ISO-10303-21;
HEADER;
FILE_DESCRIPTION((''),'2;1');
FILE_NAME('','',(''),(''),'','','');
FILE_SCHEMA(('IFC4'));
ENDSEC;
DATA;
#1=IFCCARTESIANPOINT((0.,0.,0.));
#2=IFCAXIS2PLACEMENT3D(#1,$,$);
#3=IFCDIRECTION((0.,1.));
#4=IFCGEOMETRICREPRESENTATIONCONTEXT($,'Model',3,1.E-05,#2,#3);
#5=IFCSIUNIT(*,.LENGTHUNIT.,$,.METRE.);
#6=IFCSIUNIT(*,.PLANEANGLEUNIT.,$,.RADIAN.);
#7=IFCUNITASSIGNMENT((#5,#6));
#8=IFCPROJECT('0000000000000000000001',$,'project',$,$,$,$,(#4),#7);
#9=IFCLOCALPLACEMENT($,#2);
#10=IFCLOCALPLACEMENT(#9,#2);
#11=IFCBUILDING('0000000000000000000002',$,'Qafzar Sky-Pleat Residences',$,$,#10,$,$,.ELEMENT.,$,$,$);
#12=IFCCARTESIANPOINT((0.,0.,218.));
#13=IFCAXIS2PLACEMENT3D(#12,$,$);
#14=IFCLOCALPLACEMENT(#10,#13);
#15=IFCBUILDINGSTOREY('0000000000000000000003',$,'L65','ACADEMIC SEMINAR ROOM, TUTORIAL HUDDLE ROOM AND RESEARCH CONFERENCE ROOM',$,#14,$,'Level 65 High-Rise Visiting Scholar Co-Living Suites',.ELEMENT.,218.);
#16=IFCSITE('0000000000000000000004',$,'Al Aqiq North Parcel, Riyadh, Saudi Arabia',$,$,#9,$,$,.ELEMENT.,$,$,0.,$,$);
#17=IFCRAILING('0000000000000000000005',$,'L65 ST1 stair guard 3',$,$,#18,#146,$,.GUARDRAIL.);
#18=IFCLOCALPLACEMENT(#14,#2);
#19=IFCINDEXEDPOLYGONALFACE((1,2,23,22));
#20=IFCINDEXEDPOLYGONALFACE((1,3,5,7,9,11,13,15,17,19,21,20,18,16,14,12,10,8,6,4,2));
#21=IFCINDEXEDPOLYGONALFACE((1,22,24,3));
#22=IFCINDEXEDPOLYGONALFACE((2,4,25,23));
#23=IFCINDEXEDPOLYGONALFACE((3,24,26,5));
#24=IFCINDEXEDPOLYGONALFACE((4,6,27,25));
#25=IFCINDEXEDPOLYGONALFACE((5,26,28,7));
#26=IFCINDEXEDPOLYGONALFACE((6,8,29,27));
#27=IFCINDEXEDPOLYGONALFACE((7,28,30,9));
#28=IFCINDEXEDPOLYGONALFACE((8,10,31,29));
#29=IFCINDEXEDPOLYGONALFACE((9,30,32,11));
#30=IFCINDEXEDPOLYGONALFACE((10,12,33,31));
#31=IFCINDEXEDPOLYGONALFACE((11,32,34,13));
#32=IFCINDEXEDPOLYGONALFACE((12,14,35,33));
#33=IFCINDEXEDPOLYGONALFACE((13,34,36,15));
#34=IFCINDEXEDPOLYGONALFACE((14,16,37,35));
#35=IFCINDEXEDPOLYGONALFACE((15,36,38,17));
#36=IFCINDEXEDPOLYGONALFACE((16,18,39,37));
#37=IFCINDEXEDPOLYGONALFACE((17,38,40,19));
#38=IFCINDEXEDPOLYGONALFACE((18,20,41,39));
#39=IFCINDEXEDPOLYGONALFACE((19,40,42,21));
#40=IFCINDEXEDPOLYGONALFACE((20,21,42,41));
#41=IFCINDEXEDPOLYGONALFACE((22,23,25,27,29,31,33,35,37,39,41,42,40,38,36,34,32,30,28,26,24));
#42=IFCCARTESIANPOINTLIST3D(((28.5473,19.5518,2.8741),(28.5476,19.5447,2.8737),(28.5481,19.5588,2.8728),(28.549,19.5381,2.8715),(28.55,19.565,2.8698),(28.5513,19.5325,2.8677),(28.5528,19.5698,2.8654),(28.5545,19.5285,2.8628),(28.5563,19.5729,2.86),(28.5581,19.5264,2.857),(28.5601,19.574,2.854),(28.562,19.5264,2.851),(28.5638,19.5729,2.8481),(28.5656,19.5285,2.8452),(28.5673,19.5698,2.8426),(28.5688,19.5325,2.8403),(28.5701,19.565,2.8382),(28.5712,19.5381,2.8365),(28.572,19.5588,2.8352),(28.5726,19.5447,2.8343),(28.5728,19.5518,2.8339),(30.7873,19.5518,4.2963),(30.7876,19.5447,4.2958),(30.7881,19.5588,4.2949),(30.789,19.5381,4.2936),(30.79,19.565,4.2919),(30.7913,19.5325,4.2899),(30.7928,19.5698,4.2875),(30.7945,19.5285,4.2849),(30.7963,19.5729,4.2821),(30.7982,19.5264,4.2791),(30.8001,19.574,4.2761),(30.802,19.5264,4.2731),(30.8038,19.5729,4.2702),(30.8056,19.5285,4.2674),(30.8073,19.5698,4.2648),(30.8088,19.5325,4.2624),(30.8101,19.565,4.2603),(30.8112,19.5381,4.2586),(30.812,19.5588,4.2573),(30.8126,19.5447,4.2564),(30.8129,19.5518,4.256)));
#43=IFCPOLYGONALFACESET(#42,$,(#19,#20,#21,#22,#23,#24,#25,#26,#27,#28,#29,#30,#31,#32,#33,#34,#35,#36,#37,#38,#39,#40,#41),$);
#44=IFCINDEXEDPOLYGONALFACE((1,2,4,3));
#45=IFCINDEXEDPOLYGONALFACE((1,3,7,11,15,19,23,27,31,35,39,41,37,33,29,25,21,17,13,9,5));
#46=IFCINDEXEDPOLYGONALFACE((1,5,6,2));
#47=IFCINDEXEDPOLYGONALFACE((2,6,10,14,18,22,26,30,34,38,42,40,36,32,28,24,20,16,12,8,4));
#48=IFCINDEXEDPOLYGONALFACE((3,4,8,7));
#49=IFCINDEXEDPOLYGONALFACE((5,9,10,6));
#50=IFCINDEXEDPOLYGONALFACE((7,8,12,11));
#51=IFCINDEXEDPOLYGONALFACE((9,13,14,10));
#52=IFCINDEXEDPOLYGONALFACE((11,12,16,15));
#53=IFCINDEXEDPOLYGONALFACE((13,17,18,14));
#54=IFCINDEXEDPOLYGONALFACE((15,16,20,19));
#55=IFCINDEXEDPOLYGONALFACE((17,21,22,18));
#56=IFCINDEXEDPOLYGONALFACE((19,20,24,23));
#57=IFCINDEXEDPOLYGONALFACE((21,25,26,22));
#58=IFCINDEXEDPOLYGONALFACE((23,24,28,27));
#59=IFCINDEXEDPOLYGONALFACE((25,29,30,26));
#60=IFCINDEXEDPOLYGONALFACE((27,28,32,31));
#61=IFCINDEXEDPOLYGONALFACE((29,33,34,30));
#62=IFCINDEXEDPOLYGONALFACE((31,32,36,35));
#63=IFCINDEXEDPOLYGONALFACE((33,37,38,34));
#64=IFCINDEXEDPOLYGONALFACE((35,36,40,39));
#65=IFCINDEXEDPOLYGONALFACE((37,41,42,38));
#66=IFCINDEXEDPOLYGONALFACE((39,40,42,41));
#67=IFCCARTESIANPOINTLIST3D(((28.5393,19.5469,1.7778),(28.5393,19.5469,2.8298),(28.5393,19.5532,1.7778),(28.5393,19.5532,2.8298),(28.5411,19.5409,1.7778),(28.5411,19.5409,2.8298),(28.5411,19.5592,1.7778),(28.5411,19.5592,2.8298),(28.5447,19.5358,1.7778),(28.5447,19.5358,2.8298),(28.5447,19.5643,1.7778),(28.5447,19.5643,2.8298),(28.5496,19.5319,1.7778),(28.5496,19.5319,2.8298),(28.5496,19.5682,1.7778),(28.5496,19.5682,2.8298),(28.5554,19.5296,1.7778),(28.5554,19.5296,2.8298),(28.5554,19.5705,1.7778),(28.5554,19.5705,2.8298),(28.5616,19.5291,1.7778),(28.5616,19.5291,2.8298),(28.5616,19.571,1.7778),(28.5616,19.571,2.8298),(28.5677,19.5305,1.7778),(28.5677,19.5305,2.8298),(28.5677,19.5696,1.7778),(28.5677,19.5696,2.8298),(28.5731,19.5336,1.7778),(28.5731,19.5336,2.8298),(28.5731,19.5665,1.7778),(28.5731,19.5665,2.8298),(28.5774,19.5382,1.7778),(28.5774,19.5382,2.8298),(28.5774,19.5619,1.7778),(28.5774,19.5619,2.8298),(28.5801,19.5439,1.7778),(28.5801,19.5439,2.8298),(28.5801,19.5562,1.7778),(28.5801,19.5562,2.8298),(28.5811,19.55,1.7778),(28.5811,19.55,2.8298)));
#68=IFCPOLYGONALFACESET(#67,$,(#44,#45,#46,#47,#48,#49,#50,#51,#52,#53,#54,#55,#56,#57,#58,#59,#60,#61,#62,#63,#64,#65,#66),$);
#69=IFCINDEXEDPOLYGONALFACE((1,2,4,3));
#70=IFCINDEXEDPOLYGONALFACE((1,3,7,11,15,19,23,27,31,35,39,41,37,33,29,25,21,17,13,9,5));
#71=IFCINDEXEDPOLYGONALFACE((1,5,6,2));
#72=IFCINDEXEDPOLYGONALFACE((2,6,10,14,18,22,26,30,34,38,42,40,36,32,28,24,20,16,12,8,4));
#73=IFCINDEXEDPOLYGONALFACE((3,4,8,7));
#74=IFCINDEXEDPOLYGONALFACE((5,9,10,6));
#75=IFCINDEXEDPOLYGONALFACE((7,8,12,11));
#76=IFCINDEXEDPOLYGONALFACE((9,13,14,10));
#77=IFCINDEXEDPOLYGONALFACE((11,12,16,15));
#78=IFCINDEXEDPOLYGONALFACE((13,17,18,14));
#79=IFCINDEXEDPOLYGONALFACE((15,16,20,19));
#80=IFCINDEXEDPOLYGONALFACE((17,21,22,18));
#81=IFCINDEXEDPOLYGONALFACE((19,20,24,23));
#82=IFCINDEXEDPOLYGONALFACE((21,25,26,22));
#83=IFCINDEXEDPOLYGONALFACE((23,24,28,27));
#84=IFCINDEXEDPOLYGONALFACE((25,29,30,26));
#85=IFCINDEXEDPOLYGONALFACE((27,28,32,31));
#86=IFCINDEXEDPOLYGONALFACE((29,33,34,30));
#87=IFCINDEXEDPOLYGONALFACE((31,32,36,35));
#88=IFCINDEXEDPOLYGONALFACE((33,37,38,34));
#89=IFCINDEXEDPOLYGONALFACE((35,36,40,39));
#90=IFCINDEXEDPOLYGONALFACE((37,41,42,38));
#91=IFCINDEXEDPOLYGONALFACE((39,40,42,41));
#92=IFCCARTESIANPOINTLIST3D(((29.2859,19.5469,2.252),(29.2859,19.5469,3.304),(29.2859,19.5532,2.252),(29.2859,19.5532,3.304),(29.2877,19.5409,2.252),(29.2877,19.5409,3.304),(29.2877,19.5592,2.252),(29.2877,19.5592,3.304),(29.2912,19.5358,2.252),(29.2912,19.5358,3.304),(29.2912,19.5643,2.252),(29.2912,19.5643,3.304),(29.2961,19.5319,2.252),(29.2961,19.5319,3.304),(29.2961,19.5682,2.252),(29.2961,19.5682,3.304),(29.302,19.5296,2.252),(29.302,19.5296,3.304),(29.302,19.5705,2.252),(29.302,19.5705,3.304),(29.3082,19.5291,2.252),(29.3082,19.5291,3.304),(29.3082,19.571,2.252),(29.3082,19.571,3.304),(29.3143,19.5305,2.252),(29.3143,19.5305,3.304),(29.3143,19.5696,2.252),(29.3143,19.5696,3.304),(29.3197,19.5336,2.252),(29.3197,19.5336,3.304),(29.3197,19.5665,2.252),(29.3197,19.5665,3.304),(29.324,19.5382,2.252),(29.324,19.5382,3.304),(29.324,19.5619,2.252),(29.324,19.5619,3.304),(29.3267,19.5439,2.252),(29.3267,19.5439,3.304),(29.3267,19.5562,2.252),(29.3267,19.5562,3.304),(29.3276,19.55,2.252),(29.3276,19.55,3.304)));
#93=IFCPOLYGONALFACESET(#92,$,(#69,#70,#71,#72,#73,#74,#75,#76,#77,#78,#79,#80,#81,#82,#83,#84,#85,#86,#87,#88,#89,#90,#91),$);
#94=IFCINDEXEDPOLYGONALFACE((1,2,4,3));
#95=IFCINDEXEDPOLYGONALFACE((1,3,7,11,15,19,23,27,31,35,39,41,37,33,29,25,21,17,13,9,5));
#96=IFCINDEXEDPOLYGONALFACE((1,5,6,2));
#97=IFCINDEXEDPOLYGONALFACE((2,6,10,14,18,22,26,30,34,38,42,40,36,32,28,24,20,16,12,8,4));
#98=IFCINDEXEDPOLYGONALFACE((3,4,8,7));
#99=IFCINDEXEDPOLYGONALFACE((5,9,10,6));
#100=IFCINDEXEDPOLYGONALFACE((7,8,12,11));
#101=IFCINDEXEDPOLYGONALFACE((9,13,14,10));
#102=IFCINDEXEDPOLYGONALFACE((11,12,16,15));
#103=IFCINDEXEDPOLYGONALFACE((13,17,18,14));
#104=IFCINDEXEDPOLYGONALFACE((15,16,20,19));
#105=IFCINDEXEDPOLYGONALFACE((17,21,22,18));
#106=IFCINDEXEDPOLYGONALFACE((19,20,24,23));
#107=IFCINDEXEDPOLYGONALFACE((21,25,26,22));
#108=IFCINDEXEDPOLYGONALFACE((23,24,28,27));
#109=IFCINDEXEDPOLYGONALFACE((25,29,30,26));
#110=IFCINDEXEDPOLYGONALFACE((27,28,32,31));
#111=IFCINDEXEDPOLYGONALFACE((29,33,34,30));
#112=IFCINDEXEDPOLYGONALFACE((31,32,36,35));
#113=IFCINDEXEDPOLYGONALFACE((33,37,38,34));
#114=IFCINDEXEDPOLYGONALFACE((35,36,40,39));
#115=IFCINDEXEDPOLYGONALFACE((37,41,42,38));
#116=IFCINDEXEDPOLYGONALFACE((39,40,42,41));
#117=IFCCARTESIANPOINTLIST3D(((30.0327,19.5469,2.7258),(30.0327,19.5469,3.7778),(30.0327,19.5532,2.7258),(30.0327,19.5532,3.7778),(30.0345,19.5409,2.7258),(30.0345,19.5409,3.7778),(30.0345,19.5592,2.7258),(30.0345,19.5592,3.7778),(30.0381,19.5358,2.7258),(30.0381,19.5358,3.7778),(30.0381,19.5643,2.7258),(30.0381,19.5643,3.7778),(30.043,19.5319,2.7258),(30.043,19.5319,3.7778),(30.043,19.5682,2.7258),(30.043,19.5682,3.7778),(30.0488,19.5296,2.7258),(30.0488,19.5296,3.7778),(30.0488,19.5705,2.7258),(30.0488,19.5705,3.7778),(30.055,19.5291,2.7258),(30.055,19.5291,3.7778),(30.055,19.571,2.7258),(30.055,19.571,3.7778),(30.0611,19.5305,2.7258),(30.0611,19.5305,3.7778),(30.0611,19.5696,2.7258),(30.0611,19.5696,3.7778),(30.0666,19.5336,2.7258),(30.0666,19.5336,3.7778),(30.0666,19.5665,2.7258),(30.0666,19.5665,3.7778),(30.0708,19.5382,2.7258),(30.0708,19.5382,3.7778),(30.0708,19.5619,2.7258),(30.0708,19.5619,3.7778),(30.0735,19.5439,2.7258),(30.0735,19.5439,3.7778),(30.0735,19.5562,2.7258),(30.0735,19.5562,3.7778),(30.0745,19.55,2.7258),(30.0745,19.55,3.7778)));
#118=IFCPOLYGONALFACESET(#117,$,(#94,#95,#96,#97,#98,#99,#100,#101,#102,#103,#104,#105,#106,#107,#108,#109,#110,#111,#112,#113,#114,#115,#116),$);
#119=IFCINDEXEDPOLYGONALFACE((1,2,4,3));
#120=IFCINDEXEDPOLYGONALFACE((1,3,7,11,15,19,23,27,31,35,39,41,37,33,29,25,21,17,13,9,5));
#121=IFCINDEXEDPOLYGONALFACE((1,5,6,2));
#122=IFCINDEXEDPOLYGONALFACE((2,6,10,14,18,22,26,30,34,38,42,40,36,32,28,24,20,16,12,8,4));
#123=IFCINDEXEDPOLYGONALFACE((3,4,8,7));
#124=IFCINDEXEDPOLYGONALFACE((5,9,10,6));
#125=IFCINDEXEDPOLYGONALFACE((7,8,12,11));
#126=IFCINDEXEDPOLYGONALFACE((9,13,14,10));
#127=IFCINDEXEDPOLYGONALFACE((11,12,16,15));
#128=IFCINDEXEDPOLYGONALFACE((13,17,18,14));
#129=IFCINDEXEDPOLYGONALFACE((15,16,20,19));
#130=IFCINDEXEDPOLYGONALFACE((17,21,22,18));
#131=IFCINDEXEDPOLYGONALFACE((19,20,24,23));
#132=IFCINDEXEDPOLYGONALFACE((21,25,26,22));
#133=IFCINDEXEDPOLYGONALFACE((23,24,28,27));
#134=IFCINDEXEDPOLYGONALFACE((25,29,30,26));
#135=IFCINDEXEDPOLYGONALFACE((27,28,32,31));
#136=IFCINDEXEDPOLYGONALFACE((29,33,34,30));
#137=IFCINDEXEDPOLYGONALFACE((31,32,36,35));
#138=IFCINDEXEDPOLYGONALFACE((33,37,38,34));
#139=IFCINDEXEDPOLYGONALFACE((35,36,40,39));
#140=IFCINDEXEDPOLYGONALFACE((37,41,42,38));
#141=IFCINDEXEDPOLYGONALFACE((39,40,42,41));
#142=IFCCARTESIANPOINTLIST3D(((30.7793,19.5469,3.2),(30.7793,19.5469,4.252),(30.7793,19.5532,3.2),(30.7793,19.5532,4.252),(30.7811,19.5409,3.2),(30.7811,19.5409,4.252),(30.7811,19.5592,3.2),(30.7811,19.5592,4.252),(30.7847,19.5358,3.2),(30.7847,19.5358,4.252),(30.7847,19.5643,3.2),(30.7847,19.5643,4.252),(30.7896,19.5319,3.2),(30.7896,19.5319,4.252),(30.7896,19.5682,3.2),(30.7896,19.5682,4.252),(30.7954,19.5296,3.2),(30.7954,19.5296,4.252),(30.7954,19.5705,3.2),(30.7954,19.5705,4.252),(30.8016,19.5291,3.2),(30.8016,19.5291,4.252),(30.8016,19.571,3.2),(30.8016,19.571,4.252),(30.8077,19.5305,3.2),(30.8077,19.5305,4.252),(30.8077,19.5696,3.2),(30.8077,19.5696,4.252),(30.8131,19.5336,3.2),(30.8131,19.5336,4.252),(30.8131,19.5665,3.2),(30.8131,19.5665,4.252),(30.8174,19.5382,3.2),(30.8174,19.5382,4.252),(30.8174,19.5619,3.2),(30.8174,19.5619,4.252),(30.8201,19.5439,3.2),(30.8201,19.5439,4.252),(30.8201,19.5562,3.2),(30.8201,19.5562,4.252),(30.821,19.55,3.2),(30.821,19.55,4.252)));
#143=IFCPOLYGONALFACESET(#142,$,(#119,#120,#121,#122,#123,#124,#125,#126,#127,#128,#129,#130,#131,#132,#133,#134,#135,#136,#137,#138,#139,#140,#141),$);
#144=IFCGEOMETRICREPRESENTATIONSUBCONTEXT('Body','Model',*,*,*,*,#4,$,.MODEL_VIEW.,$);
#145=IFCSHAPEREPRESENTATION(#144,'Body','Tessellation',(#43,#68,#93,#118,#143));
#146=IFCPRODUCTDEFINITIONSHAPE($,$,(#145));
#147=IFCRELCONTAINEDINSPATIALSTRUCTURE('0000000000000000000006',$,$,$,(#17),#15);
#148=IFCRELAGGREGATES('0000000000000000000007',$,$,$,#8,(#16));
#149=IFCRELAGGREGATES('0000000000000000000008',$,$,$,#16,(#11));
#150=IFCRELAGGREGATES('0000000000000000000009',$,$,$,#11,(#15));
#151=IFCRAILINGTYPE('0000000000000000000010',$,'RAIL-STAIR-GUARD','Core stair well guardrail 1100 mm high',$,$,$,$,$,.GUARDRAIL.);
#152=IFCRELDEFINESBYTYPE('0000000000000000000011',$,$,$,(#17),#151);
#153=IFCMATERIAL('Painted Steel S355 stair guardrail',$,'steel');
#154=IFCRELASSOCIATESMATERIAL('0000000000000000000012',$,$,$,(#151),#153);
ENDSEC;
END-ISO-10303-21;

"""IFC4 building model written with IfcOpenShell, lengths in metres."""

from ifc_helpers import new_model, si_unit, direction, frame, origin, origin_2d, place, context, subcontext, project, spatial, circle, extrude, source, transform, mapped, material, type_object, element, save


model = new_model("IFC4")

# Units and contexts
model_context = context("Model", 3, precision=1e-05, world=origin(), true_north=direction((0.0, 1.0)))
body_context = subcontext(model_context, "Body", "Model", "MODEL_VIEW")
ifc_project = project(units=[si_unit("LENGTHUNIT", "METRE"), si_unit("PLANEANGLEUNIT", "RADIAN")], contexts=[model_context])

# Site, building, storey
site_placement = place(None, origin())
site = spatial("IfcSite", under=ifc_project, at=site_placement, Name="Al Aqiq North Parcel, Riyadh, Saudi Arabia", CompositionType="ELEMENT", RefElevation=0.0)
building_placement = place(site_placement, origin())
building = spatial("IfcBuilding", under=site, at=building_placement, Name="Qafzar Sky-Pleat Residences", CompositionType="ELEMENT")
storey_placement = place(building_placement, frame((0.0, 0.0, 218.0)))
storey = spatial("IfcBuildingStorey", under=building, at=storey_placement, Name="L65", Description="ACADEMIC SEMINAR ROOM, TUTORIAL HUDDLE ROOM AND RESEARCH CONFERENCE ROOM", LongName="Level 65 High-Rise Visiting Scholar Co-Living Suites", CompositionType="ELEMENT", Elevation=218.0)

# Railing
ifc_material_1 = material(Name="Painted Steel S355 stair guardrail", Category="steel")
railing_type_1 = type_object("IfcRailingType", Name="RAIL-STAIR-GUARD", Description="Core stair well guardrail 1100 mm high", PredefinedType="GUARDRAIL", material=ifc_material_1)
shared_shape_1 = source(origin(), body_context, "Body", "SweptSolid", [
    extrude(circle(Radius=0.0239, at=origin_2d()), frame((0.0, 0.0, 1.0762), z_axis=(0.844229, 0.0, 0.535982), x_axis=(0.0, 1.0, 0.0)), (0.0, 0.0, 1.0), 2.6533),
    extrude(circle(Radius=0.021, at=origin_2d()), origin(), (0.0, 0.0, 1.0), 1.052),
    extrude(circle(Radius=0.021, at=origin_2d()), frame((0.7466, 0.0, 0.4741)), (0.0, 0.0, 1.0), 1.052),
    extrude(circle(Radius=0.021, at=origin_2d()), frame((1.4934, 0.0, 0.948)), (0.0, 0.0, 1.0), 1.052),
    extrude(circle(Radius=0.021, at=origin_2d()), frame((2.24, 0.0, 1.4221)), (0.0, 0.0, 1.0), 1.052),
])
railing_1_placement = place(storey_placement, frame((28.5601, 19.55, 1.7778)))
element("IfcRailing", 1, at=railing_1_placement, inside=storey, type_object=railing_type_1, Name="L65 ST1 stair guard 3", PredefinedType="GUARDRAIL", context=body_context, shape_type="MappedRepresentation", body=[
    mapped(shared_shape_1, transform((0.0, 0.0, 0.0), x_axis=(1.0, 0.0, 0.0), y_axis=(0.0, 1.0, 0.0), z_axis=(0.0, 0.0, 1.0), scale=1.0)),
])

save(model, "model.ifc")
